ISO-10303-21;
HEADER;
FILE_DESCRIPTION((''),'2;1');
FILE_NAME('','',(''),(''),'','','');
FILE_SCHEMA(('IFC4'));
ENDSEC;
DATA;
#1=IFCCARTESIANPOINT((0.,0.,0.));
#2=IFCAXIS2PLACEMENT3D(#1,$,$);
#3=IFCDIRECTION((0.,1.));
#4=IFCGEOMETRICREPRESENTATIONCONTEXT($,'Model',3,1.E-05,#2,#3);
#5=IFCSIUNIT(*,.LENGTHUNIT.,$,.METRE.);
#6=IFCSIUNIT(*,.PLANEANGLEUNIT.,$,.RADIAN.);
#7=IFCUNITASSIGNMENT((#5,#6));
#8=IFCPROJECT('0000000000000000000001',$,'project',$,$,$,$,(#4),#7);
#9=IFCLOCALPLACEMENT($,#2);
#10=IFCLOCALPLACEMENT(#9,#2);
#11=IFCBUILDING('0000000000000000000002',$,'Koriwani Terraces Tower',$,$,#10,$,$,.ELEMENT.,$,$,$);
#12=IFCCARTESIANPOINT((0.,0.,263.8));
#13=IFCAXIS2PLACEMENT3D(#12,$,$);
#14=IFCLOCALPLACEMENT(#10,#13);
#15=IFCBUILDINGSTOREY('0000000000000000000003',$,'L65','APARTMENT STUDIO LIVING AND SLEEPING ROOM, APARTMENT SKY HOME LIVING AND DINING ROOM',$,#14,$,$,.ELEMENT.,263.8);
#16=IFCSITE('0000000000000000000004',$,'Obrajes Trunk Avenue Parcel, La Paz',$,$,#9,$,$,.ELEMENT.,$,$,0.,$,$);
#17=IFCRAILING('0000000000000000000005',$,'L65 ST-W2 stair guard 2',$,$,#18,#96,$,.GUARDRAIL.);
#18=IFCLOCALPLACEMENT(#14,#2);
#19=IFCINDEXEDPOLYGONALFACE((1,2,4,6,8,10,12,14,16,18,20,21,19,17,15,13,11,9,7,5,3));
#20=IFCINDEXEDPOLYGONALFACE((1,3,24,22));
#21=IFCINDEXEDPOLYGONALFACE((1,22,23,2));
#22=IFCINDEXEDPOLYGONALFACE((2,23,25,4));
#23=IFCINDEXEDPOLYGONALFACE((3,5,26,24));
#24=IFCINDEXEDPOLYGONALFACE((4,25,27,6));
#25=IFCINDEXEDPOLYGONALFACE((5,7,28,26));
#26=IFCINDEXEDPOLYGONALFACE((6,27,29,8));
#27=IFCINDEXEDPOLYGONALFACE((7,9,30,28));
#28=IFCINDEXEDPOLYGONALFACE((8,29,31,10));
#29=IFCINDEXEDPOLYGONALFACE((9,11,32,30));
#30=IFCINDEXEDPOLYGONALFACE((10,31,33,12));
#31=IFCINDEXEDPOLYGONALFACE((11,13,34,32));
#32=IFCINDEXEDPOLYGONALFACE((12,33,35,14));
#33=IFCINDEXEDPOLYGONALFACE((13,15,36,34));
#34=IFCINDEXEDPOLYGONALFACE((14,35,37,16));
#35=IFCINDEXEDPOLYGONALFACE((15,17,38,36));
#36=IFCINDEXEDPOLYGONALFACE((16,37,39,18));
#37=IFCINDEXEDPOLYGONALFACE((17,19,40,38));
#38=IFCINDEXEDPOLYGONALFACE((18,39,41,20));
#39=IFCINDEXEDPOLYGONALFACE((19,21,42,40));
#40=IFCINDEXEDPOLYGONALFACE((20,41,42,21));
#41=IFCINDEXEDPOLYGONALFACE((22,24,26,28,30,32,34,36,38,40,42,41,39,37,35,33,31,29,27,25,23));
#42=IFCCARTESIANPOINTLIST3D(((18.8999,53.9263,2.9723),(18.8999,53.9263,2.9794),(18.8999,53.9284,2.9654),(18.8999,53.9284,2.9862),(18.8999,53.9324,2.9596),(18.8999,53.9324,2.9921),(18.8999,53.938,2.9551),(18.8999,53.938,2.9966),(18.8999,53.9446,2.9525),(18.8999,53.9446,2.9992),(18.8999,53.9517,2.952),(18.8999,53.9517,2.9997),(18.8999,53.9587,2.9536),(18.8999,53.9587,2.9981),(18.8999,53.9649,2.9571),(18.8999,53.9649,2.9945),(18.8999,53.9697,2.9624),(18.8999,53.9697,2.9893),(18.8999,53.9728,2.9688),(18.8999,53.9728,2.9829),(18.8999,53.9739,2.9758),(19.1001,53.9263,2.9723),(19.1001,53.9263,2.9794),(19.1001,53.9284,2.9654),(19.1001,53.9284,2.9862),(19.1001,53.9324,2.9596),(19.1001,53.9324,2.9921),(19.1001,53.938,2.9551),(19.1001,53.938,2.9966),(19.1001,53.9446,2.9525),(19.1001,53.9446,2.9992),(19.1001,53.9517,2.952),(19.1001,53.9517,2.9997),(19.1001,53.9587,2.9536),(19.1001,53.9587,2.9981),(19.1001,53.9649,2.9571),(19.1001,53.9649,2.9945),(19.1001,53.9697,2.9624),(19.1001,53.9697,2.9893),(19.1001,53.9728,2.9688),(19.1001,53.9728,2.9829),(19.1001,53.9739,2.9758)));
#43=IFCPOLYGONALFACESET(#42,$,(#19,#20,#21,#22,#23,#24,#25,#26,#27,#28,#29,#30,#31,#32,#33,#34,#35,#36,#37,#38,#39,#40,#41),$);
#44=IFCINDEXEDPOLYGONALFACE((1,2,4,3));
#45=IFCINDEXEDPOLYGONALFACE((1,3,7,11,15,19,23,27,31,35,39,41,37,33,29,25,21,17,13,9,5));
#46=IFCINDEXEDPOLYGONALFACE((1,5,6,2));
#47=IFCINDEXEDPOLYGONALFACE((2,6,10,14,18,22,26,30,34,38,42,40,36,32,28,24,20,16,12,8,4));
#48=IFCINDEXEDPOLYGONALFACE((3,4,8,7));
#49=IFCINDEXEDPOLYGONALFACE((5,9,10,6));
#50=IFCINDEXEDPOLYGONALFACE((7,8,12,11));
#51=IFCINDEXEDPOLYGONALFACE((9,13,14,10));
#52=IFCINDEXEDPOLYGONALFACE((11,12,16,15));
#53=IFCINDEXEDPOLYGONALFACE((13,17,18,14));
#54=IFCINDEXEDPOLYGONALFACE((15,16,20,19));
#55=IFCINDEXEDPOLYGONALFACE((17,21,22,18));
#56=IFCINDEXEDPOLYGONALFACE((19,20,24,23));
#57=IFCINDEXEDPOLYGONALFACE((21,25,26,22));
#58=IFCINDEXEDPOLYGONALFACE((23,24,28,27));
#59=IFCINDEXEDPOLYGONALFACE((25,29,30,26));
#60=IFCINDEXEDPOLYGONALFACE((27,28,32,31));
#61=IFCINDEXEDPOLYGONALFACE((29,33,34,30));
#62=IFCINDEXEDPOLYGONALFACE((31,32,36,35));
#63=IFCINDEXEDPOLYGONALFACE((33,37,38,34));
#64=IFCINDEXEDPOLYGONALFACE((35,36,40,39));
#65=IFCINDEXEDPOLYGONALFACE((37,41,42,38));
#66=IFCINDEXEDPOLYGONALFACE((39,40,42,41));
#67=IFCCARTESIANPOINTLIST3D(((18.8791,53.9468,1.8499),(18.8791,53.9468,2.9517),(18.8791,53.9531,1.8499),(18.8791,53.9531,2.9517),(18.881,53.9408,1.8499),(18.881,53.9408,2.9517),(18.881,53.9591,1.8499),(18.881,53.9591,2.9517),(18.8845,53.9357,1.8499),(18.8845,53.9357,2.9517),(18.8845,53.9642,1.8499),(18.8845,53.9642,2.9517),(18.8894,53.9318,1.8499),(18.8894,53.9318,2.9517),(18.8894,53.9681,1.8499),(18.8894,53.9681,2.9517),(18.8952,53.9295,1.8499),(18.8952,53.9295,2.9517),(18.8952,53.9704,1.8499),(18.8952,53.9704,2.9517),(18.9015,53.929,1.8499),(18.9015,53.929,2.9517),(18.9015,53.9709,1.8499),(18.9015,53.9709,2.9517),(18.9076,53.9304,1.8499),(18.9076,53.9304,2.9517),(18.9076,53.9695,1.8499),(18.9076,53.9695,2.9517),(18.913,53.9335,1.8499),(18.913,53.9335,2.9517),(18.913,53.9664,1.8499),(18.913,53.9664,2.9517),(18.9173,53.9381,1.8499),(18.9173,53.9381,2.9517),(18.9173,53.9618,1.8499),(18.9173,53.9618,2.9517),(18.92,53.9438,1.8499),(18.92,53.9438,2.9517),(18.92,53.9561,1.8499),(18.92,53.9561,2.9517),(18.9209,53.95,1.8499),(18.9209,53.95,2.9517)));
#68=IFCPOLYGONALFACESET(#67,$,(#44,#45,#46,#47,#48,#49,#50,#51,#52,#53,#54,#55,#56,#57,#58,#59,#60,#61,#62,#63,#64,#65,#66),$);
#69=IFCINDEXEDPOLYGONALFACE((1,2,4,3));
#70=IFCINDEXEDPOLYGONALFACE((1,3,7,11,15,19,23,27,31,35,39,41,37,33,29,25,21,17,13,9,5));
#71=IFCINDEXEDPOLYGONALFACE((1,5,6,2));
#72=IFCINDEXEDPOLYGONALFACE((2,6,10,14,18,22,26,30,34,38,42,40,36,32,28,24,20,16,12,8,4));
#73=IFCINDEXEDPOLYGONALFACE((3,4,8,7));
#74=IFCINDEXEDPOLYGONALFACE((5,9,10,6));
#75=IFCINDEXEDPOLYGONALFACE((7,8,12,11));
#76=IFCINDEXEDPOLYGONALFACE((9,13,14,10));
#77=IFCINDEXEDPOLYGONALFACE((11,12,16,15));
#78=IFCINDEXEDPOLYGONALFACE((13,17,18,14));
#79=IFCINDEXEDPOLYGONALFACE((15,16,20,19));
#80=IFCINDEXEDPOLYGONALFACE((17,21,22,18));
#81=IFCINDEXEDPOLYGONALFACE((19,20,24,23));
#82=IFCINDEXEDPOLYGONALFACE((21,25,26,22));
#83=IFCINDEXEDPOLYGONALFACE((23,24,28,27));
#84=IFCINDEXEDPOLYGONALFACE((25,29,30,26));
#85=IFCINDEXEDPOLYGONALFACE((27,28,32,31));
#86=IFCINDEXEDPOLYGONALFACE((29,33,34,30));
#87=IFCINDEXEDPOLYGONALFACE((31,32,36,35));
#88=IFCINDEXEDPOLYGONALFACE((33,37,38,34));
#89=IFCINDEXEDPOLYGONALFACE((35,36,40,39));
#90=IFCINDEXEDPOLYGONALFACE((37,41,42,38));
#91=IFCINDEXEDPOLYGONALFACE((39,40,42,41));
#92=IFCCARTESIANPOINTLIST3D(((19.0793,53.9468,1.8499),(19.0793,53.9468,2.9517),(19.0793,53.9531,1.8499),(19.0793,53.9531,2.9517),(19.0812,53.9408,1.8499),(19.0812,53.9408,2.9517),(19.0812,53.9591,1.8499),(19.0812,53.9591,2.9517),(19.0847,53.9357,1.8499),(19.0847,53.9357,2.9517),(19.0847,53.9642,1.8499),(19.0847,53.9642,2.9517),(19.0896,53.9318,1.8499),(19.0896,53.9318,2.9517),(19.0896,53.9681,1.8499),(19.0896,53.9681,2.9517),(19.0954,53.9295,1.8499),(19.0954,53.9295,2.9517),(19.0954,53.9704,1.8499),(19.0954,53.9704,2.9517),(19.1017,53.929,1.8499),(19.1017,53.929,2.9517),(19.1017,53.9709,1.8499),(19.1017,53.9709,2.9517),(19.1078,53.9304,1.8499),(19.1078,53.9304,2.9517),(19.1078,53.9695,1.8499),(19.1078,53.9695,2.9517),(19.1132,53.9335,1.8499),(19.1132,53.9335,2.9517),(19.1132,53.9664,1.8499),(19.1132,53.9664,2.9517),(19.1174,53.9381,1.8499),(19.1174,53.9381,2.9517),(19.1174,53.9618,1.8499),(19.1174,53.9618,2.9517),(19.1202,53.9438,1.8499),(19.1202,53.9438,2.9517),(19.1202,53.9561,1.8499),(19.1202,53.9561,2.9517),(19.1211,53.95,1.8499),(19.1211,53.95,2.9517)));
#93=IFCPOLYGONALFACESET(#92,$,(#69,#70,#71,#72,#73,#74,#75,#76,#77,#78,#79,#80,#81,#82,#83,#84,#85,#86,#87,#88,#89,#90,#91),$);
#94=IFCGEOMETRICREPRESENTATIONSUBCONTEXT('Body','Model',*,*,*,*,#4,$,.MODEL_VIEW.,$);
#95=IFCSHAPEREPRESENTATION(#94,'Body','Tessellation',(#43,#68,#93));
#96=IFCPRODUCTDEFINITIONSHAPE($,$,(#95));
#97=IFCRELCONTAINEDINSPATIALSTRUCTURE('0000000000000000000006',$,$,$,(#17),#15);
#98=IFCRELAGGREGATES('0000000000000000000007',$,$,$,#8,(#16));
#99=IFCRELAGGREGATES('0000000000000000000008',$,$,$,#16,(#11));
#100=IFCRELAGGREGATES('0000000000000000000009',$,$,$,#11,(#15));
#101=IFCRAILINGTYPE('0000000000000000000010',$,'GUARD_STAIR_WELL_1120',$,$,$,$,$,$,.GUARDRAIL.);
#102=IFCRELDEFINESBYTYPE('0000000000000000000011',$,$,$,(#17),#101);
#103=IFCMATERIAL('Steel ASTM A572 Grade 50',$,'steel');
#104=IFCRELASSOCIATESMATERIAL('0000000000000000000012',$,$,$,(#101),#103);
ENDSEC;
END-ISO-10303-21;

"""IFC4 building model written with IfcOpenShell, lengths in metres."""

from ifc_helpers import new_model, si_unit, direction, frame, origin, origin_2d, place, context, subcontext, project, spatial, circle, extrude, material, type_object, element, save


model = new_model("IFC4")

# Units and contexts
model_context = context("Model", 3, precision=1e-05, world=origin(), true_north=direction((0.0, 1.0)))
body_context = subcontext(model_context, "Body", "Model", "MODEL_VIEW")
ifc_project = project(units=[si_unit("LENGTHUNIT", "METRE"), si_unit("PLANEANGLEUNIT", "RADIAN")], contexts=[model_context])

# Site, building, storey
site_placement = place(None, origin())
site = spatial("IfcSite", under=ifc_project, at=site_placement, Name="Obrajes Trunk Avenue Parcel, La Paz", CompositionType="ELEMENT", RefElevation=0.0)
building_placement = place(site_placement, origin())
building = spatial("IfcBuilding", under=site, at=building_placement, Name="Koriwani Terraces Tower", CompositionType="ELEMENT")
storey_placement = place(building_placement, frame((0.0, 0.0, 263.8)))
storey = spatial("IfcBuildingStorey", under=building, at=storey_placement, Name="L65", Description="APARTMENT STUDIO LIVING AND SLEEPING ROOM, APARTMENT SKY HOME LIVING AND DINING ROOM", CompositionType="ELEMENT", Elevation=263.8)

# Shared definitions
ifc_material_1 = material(Name="Steel ASTM A572 Grade 50", Category="steel")

# Railing
railing_type_1 = type_object("IfcRailingType", Name="GUARD_STAIR_WELL_1120", PredefinedType="GUARDRAIL", material=ifc_material_1)
railing_1_placement = place(storey_placement, frame((18.8999, 53.95, 1.8499)))
element("IfcRailing", 1, at=railing_1_placement, inside=storey, type_object=railing_type_1, Name="L65 ST-W2 stair guard 2", PredefinedType="GUARDRAIL", context=body_context, shape_type="SweptSolid", body=[
    extrude(circle(Radius=0.0239, at=origin_2d()), frame((0.0, 0.0, 1.126), z_axis=(1.0, 0.0, 0.0), x_axis=(0.0, 1.0, 0.0)), (0.0, 0.0, 1.0), 0.2002),
    extrude(circle(Radius=0.021, at=origin_2d()), origin(), (0.0, 0.0, 1.0), 1.1018),
    extrude(circle(Radius=0.021, at=origin_2d()), frame((0.2002, 0.0, 0.0)), (0.0, 0.0, 1.0), 1.1018),
])

save(model, "model.ifc")
